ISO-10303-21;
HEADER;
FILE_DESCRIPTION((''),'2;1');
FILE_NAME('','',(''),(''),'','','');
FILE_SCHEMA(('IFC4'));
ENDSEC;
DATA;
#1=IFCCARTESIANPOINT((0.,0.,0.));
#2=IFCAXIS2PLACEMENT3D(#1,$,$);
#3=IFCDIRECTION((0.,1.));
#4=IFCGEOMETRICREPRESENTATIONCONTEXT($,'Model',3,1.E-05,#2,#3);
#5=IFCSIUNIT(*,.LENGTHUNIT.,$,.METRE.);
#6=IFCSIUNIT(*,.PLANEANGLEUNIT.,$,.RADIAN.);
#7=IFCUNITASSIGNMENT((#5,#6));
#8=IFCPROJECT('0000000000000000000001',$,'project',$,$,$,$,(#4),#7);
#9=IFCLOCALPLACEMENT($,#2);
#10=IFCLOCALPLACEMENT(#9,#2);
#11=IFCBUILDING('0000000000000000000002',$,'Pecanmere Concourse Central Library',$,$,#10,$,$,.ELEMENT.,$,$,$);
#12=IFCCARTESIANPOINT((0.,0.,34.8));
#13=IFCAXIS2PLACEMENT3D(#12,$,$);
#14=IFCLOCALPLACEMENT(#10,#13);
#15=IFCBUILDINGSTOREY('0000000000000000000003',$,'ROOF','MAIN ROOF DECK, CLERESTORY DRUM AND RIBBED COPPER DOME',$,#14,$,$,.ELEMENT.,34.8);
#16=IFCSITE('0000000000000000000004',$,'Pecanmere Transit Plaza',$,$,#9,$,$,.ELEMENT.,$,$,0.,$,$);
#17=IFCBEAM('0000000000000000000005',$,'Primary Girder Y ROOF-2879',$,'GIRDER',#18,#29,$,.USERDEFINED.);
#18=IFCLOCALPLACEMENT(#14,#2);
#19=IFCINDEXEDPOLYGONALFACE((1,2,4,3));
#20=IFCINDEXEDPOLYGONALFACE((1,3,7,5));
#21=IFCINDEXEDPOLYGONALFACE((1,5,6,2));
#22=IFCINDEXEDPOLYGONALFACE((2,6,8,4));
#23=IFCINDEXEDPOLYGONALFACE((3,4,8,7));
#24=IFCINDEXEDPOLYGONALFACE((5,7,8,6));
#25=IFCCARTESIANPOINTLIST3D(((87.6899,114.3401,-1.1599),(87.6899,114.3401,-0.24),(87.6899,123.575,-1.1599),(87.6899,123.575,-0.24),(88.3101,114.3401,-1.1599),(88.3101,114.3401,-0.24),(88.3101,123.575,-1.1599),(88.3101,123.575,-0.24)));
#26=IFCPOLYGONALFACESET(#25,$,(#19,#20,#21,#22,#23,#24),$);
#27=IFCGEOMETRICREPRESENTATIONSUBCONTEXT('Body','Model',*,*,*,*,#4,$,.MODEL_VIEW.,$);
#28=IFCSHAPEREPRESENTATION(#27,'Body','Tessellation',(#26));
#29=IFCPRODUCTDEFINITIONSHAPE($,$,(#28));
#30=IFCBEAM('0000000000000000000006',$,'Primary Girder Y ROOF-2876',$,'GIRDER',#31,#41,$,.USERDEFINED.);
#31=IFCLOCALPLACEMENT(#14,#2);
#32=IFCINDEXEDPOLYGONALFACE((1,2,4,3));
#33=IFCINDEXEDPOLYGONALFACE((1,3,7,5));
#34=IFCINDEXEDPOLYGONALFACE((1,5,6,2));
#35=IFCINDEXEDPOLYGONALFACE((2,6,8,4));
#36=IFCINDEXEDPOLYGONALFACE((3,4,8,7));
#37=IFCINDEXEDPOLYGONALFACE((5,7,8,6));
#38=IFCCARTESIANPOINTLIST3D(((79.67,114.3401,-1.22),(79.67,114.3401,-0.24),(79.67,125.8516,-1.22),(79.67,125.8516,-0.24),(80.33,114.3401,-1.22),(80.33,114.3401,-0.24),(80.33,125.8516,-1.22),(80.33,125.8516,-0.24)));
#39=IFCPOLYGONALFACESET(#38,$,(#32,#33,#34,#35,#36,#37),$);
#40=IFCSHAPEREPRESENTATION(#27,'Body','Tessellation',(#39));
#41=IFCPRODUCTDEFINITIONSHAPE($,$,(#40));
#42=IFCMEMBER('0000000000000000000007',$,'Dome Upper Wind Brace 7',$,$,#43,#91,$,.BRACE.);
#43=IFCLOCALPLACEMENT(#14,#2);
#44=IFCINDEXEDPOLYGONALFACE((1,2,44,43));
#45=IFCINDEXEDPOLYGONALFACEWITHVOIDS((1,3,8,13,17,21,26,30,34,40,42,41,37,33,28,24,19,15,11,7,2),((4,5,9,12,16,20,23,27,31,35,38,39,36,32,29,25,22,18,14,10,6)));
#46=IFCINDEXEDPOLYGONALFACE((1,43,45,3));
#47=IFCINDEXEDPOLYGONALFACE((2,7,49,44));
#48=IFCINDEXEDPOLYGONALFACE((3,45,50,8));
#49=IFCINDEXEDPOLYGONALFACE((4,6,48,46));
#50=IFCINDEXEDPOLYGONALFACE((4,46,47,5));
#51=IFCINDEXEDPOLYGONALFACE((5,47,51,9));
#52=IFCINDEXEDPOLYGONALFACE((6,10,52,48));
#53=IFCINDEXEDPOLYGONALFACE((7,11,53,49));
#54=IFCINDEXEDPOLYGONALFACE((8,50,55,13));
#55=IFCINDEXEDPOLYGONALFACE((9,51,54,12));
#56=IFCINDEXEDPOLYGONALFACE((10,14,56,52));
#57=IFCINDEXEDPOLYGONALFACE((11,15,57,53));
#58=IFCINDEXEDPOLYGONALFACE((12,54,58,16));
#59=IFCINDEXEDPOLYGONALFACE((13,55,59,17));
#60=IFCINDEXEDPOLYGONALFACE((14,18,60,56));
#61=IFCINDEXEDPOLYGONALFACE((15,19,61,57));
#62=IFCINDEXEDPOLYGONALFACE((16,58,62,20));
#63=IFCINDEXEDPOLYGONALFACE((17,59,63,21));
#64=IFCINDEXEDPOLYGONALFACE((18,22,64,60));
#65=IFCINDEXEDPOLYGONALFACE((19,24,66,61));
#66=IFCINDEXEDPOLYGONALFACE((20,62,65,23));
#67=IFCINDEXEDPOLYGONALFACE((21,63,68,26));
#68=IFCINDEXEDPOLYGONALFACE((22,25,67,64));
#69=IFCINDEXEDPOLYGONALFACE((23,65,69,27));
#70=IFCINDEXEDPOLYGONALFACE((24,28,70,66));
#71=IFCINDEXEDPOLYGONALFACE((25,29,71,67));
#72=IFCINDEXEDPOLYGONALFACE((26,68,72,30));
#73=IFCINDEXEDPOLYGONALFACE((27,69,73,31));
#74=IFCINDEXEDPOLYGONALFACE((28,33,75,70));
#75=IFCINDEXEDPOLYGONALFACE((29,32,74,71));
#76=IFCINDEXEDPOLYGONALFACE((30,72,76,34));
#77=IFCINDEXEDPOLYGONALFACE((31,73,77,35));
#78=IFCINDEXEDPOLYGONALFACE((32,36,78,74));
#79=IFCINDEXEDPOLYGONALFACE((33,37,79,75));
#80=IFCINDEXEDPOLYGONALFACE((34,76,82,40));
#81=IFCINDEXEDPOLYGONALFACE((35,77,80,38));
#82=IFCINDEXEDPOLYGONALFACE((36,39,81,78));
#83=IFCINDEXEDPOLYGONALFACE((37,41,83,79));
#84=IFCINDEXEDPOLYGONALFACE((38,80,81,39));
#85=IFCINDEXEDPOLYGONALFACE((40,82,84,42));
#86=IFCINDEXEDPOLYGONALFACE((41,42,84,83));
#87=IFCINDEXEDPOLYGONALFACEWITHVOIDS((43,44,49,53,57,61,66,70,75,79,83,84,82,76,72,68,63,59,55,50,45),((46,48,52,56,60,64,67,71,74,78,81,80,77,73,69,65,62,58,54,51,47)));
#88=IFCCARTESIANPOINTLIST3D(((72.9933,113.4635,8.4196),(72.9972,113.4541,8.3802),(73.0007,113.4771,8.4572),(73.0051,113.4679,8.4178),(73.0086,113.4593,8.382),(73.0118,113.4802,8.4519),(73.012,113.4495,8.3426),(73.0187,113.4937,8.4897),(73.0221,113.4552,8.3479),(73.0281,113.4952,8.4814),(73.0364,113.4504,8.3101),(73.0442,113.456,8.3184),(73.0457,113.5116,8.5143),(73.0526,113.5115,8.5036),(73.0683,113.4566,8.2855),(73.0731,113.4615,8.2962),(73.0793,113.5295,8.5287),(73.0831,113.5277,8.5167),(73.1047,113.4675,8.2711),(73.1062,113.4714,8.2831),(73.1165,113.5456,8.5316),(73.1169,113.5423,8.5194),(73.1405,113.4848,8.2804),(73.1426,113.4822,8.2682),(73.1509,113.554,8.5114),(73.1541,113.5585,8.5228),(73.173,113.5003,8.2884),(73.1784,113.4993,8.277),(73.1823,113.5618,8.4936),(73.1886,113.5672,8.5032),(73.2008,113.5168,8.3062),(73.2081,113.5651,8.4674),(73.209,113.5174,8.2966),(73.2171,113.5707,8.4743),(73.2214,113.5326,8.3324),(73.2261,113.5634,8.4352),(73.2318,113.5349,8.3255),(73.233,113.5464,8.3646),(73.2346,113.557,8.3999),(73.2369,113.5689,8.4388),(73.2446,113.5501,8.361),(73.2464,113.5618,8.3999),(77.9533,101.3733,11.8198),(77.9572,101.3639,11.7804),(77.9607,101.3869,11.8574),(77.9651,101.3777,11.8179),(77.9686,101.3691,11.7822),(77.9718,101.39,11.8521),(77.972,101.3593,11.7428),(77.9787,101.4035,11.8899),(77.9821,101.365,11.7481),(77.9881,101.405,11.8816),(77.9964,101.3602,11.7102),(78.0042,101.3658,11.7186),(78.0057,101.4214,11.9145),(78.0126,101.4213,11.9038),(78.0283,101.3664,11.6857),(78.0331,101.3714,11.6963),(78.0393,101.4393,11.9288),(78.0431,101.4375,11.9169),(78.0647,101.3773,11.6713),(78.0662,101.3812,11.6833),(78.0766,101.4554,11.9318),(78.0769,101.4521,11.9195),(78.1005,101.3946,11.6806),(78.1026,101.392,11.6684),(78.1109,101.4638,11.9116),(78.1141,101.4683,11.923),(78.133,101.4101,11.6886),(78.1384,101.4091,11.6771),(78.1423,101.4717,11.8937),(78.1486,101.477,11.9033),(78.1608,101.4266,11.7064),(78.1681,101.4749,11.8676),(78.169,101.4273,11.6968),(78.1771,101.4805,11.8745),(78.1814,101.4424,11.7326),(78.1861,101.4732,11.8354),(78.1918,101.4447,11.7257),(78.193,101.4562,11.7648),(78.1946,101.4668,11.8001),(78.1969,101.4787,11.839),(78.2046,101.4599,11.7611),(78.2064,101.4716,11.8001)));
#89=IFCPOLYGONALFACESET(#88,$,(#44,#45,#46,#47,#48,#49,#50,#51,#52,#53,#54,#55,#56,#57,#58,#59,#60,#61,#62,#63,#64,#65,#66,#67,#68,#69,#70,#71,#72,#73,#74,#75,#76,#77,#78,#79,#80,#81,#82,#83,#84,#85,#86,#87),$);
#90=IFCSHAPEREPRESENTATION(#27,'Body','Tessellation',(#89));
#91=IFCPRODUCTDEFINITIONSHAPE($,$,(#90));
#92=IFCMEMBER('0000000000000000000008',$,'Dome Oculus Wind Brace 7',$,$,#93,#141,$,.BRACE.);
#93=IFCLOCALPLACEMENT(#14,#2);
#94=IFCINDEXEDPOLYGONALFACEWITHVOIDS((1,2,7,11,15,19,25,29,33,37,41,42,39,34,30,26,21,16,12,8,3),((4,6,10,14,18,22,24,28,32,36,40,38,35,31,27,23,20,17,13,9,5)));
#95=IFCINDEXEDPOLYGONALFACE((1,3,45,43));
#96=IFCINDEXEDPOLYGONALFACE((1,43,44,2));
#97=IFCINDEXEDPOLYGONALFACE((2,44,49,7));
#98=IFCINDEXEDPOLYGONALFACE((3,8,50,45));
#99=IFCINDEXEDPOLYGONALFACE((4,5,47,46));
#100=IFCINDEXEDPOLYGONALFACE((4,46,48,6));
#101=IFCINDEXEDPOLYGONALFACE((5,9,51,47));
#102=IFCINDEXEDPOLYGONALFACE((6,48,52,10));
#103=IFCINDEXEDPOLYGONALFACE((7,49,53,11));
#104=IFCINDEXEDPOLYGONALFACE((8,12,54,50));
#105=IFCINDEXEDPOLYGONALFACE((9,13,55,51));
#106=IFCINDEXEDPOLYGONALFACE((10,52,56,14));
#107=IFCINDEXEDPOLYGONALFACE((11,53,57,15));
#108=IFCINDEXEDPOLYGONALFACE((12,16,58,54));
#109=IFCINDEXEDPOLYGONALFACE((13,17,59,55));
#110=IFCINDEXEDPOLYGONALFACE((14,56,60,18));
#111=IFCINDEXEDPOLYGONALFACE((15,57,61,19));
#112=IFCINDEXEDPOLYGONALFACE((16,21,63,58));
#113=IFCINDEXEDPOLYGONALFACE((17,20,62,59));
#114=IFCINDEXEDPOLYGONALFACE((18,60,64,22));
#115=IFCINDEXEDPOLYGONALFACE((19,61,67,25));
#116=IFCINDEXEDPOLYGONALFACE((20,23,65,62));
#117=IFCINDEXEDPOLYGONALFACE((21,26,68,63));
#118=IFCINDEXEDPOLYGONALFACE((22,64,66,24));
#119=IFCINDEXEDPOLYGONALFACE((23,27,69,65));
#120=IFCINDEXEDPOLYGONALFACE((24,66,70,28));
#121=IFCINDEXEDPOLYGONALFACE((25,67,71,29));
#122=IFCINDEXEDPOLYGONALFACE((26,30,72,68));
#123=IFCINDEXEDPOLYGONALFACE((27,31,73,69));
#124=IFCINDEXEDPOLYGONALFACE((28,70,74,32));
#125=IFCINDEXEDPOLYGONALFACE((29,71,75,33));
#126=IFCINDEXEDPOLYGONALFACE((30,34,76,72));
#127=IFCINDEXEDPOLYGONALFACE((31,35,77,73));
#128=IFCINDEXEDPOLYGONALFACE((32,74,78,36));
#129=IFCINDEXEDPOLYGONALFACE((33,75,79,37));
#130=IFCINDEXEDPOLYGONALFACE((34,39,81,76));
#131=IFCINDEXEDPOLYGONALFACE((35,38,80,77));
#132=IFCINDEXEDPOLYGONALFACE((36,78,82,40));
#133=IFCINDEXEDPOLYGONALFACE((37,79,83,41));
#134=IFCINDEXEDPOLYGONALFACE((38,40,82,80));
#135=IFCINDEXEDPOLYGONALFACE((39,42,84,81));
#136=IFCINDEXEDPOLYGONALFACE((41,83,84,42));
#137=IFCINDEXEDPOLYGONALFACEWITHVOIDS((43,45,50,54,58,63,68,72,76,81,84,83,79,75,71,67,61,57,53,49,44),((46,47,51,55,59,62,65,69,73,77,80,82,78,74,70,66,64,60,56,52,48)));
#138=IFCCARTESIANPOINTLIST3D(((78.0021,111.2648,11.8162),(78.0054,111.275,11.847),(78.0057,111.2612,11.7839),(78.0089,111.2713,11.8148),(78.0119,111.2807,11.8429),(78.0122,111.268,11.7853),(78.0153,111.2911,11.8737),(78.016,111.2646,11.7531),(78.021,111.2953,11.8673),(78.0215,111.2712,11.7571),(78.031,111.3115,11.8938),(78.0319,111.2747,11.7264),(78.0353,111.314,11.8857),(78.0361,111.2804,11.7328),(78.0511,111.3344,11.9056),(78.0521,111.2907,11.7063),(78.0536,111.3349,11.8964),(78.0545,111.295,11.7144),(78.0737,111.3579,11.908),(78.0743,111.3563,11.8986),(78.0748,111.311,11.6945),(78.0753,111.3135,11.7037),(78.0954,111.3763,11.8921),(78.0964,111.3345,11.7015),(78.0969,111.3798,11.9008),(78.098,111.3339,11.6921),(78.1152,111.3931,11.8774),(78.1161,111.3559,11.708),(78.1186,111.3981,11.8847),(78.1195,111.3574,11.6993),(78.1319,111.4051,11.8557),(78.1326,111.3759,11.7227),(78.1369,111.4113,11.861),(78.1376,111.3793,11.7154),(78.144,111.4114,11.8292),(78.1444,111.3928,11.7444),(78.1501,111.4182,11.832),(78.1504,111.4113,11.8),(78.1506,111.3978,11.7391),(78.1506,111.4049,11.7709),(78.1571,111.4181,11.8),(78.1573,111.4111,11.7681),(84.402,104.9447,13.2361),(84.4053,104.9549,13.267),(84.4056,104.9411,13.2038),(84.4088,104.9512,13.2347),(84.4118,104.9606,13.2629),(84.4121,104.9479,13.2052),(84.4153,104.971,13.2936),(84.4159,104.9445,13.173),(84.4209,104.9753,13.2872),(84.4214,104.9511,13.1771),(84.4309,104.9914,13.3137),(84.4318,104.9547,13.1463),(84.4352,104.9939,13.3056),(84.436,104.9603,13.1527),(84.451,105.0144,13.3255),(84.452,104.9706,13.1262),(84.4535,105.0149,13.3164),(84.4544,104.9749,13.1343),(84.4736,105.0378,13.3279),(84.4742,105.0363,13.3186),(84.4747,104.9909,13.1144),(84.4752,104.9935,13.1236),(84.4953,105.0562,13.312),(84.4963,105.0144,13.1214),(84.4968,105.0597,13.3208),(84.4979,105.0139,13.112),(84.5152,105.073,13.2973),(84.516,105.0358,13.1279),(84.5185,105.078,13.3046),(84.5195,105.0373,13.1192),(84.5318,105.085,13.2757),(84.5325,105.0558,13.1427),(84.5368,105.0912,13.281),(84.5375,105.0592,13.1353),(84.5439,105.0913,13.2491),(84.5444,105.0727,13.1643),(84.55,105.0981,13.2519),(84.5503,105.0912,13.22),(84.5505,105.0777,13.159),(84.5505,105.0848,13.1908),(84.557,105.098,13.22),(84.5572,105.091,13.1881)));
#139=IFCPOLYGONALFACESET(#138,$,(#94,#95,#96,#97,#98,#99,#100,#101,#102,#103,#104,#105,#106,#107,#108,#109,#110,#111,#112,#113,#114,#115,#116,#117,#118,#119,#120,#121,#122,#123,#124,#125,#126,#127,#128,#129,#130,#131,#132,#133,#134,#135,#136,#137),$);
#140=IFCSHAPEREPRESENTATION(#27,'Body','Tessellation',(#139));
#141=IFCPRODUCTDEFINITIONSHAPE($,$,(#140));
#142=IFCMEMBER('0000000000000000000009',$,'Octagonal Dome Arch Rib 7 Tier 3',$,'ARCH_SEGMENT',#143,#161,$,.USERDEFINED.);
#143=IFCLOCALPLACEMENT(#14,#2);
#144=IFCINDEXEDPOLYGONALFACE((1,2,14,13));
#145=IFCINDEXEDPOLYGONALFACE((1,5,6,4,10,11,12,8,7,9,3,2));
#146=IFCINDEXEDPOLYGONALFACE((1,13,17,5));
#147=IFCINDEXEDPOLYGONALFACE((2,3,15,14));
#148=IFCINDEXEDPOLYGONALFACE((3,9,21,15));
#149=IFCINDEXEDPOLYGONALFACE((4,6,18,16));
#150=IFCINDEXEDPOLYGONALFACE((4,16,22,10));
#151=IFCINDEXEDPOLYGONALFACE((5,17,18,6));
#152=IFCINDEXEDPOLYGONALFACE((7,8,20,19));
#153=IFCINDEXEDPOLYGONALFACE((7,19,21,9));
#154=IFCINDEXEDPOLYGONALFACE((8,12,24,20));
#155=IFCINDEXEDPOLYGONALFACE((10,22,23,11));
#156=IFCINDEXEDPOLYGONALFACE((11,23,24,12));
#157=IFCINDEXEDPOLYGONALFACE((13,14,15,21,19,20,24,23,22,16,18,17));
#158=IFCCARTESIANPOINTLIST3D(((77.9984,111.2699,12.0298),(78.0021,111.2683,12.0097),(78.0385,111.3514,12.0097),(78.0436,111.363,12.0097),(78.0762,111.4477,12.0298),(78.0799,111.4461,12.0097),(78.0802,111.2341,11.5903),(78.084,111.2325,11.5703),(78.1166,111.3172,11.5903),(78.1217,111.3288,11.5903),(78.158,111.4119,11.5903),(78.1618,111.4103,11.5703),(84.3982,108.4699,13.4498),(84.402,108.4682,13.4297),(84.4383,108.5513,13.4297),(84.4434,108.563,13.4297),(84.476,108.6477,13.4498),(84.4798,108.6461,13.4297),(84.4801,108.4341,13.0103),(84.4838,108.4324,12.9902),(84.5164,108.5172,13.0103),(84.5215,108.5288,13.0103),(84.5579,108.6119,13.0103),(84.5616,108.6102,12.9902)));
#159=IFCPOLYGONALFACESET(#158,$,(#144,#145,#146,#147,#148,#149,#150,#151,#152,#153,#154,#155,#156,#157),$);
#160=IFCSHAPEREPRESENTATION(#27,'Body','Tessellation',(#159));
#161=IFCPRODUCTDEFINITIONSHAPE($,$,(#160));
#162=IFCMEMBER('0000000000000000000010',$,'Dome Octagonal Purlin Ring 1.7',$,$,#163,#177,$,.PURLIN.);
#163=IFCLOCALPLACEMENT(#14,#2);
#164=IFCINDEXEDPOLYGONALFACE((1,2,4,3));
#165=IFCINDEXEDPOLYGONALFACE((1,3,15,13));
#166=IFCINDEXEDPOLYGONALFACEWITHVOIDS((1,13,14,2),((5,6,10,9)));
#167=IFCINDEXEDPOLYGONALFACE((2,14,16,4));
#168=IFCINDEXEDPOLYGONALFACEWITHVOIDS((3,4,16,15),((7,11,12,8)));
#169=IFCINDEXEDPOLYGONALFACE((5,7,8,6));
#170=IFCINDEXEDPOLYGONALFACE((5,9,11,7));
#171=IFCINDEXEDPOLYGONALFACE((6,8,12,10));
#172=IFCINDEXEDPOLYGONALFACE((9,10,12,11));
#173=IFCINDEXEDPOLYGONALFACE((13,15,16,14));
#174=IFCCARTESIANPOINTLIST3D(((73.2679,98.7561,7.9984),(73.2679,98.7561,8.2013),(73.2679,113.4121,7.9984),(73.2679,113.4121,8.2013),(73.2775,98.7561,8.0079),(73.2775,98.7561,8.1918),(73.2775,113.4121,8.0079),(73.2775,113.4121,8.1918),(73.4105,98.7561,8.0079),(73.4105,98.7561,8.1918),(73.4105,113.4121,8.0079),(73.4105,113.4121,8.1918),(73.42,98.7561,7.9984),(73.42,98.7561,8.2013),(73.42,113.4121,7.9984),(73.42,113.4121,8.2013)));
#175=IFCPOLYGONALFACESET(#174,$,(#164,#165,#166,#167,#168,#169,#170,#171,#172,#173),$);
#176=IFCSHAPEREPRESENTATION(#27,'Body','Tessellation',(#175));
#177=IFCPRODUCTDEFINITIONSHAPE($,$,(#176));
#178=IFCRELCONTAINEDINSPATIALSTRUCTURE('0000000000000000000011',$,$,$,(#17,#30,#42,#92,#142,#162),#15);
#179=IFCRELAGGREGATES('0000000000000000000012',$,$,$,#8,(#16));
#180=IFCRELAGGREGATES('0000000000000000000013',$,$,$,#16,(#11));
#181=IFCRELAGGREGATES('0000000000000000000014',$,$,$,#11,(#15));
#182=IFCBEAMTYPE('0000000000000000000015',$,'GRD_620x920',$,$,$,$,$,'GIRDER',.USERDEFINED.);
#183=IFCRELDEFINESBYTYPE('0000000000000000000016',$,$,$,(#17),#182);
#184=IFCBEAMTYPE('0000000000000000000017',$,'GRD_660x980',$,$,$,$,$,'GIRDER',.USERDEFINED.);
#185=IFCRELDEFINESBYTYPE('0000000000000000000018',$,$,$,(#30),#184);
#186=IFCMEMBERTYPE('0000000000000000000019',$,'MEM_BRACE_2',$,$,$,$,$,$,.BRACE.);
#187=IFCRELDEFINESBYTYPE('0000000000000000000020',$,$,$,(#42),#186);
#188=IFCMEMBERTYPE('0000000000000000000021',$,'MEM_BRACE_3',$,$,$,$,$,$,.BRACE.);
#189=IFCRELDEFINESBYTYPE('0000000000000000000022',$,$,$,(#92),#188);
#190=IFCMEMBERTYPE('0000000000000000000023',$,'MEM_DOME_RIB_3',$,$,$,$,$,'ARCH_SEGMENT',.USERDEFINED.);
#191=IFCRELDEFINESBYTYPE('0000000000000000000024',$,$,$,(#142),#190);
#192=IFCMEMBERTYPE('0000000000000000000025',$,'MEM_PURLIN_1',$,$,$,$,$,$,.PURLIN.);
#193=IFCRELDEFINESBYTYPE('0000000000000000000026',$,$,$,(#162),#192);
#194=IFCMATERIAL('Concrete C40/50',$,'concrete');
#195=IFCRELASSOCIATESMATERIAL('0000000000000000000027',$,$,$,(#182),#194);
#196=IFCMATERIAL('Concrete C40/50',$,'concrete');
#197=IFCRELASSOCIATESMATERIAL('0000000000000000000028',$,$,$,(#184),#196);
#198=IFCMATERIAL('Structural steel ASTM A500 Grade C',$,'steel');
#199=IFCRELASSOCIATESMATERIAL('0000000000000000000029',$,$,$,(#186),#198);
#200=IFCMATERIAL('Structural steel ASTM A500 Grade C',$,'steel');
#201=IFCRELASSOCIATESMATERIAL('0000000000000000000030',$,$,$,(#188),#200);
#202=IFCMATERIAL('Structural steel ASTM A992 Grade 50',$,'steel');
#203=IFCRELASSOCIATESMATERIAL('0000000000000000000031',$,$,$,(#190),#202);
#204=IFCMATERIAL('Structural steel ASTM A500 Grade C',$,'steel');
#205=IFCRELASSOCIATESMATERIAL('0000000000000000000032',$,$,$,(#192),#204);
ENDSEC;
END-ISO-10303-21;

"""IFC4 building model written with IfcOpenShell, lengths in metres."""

from ifc_helpers import new_model, si_unit, direction, frame, origin, origin_2d, place, context, subcontext, project, spatial, rectangle, hollow_rectangle, hollow_circle, i_section, extrude, material, material_profile, profile_set, type_object, element, save


model = new_model("IFC4")

# Units and contexts
model_context = context("Model", 3, precision=1e-05, world=origin(), true_north=direction((0.0, 1.0)))
body_context = subcontext(model_context, "Body", "Model", "MODEL_VIEW")
ifc_project = project(units=[si_unit("LENGTHUNIT", "METRE"), si_unit("PLANEANGLEUNIT", "RADIAN")], contexts=[model_context])

# Site, building, storey
site_placement = place(None, origin())
site = spatial("IfcSite", under=ifc_project, at=site_placement, Name="Pecanmere Transit Plaza", CompositionType="ELEMENT", RefElevation=0.0)
building_placement = place(site_placement, origin())
building = spatial("IfcBuilding", under=site, at=building_placement, Name="Pecanmere Concourse Central Library", CompositionType="ELEMENT")
storey_placement = place(building_placement, frame((0.0, 0.0, 34.8)))
storey = spatial("IfcBuildingStorey", under=building, at=storey_placement, Name="ROOF", Description="MAIN ROOF DECK, CLERESTORY DRUM AND RIBBED COPPER DOME", CompositionType="ELEMENT", Elevation=34.8)

# Beams
ifc_material_1 = material(Name="Concrete C40/50", Category="concrete")
ifc_material_profile_1 = material_profile(ifc_material_1, rectangle(XDim=0.6201, YDim=0.9199, at=origin_2d()), Name="RC 620x920")
ifc_profile_set_1 = profile_set([ifc_material_profile_1], Name="Concrete C40/50")
beam_type_1 = type_object("IfcBeamType", Name="GRD_620x920", ElementType="GIRDER", PredefinedType="USERDEFINED", material=ifc_profile_set_1)
beam_1_placement = place(storey_placement, frame((88.0, 114.3401, -0.7), z_axis=(0.0, 1.0, 0.0), x_axis=(-1.0, 0.0, 0.0)))
element("IfcBeam", 1, at=beam_1_placement, inside=storey, type_object=beam_type_1, Name="Primary Girder Y ROOF-2879", ObjectType="GIRDER", PredefinedType="USERDEFINED", context=body_context, shape_type="SweptSolid", body=[
    extrude(rectangle(XDim=0.6201, YDim=0.9199, at=origin_2d()), origin(), (0.0, 0.0, 1.0), 9.2349),
])
ifc_material_2 = material(Name="Concrete C40/50", Category="concrete")
ifc_material_profile_2 = material_profile(ifc_material_2, rectangle(XDim=0.6599, YDim=0.98, at=origin_2d()), Name="RC 660x980")
ifc_profile_set_2 = profile_set([ifc_material_profile_2], Name="Concrete C40/50")
beam_type_2 = type_object("IfcBeamType", Name="GRD_660x980", ElementType="GIRDER", PredefinedType="USERDEFINED", material=ifc_profile_set_2)
beam_2_placement = place(storey_placement, frame((80.0, 114.3401, -0.73), z_axis=(0.0, 1.0, 0.0), x_axis=(-1.0, 0.0, 0.0)))
element("IfcBeam", 2, at=beam_2_placement, inside=storey, type_object=beam_type_2, Name="Primary Girder Y ROOF-2876", ObjectType="GIRDER", PredefinedType="USERDEFINED", context=body_context, shape_type="SweptSolid", body=[
    extrude(rectangle(XDim=0.6599, YDim=0.98, at=origin_2d()), origin(), (0.0, 0.0, 1.0), 11.5115),
])

# Members
ifc_material_3 = material(Name="Structural steel ASTM A500 Grade C", Category="steel")
ifc_material_profile_3 = material_profile(ifc_material_3, hollow_circle(Radius=0.1365, WallThickness=0.0127, at=origin_2d()), Name="HSS273.1x12.7")
ifc_profile_set_3 = profile_set([ifc_material_profile_3], Name="Structural steel ASTM A500 Grade C")
member_type_1 = type_object("IfcMemberType", Name="MEM_BRACE_2", PredefinedType="BRACE", material=ifc_profile_set_3)
member_1_placement = place(storey_placement, frame((73.1201, 113.51, 8.3999), z_axis=(0.367321, -0.89536, 0.251806), x_axis=(0.925171, 0.379551, 0.0)))
element("IfcMember", 3, at=member_1_placement, inside=storey, type_object=member_type_1, Name="Dome Upper Wind Brace 7", PredefinedType="BRACE", context=body_context, shape_type="SweptSolid", body=[
    extrude(hollow_circle(Radius=0.1365, WallThickness=0.0127, at=origin_2d()), origin(), (0.0, 0.0, 1.0), 13.5032),
])
ifc_material_4 = material(Name="Structural steel ASTM A500 Grade C", Category="steel")
ifc_material_profile_4 = material_profile(ifc_material_4, hollow_circle(Radius=0.1096, WallThickness=0.0095, at=origin_2d()), Name="HSS219.1x9.5")
ifc_profile_set_4 = profile_set([ifc_material_profile_4], Name="Structural steel ASTM A500 Grade C")
member_type_2 = type_object("IfcMemberType", Name="MEM_BRACE_3", PredefinedType="BRACE", material=ifc_profile_set_4)
member_2_placement = place(storey_placement, frame((78.0801, 111.3401, 11.8), z_axis=(0.702827, -0.69406, 0.155934), x_axis=(0.702655, 0.711531, 0.0)))
element("IfcMember", 4, at=member_2_placement, inside=storey, type_object=member_type_2, Name="Dome Oculus Wind Brace 7", PredefinedType="BRACE", context=body_context, shape_type="SweptSolid", body=[
    extrude(hollow_circle(Radius=0.1096, WallThickness=0.0095, at=origin_2d()), origin(), (0.0, 0.0, 1.0), 9.106),
])
ifc_material_5 = material(Name="Structural steel ASTM A992 Grade 50", Category="steel")
ifc_material_profile_5 = material_profile(ifc_material_5, i_section(OverallWidth=0.1941, OverallDepth=0.469, WebThickness=0.0127, FlangeThickness=0.0205, at=origin_2d()), Name="W460x106")
ifc_profile_set_5 = profile_set([ifc_material_profile_5], Name="Structural steel ASTM A992 Grade 50")
member_type_3 = type_object("IfcMemberType", Name="MEM_DOME_RIB_3", ElementType="ARCH_SEGMENT", PredefinedType="USERDEFINED", material=ifc_profile_set_5)
member_3_placement = place(storey_placement, frame((78.0801, 111.3401, 11.8), z_axis=(0.897794, -0.392798, 0.19919), x_axis=(0.40083, 0.916153, 0.0)))
element("IfcMember", 5, at=member_3_placement, inside=storey, type_object=member_type_3, Name="Octagonal Dome Arch Rib 7 Tier 3", ObjectType="ARCH_SEGMENT", PredefinedType="USERDEFINED", context=body_context, shape_type="SweptSolid", body=[
    extrude(i_section(OverallWidth=0.1941, OverallDepth=0.469, WebThickness=0.0127, FlangeThickness=0.0205, at=origin_2d()), origin(), (0.0, 0.0, 1.0), 7.1284),
])
ifc_material_6 = material(Name="Structural steel ASTM A500 Grade C", Category="steel")
ifc_material_profile_6 = material_profile(ifc_material_6, hollow_rectangle(XDim=0.1521, YDim=0.2029, WallThickness=0.0095, at=origin_2d()), Name="HSS203x152x9.5")
ifc_profile_set_6 = profile_set([ifc_material_profile_6], Name="Structural steel ASTM A500 Grade C")
member_type_4 = type_object("IfcMemberType", Name="MEM_PURLIN_1", PredefinedType="PURLIN", material=ifc_profile_set_6)
member_4_placement = place(storey_placement, frame((73.344, 113.4121, 8.0999), z_axis=(0.0, -1.0, 0.0), x_axis=(1.0, 0.0, 0.0)))
element("IfcMember", 6, at=member_4_placement, inside=storey, type_object=member_type_4, Name="Dome Octagonal Purlin Ring 1.7", PredefinedType="PURLIN", context=body_context, shape_type="SweptSolid", body=[
    extrude(hollow_rectangle(XDim=0.1521, YDim=0.2029, WallThickness=0.0095, at=origin_2d()), origin(), (0.0, 0.0, 1.0), 14.656),
])

save(model, "model.ifc")
